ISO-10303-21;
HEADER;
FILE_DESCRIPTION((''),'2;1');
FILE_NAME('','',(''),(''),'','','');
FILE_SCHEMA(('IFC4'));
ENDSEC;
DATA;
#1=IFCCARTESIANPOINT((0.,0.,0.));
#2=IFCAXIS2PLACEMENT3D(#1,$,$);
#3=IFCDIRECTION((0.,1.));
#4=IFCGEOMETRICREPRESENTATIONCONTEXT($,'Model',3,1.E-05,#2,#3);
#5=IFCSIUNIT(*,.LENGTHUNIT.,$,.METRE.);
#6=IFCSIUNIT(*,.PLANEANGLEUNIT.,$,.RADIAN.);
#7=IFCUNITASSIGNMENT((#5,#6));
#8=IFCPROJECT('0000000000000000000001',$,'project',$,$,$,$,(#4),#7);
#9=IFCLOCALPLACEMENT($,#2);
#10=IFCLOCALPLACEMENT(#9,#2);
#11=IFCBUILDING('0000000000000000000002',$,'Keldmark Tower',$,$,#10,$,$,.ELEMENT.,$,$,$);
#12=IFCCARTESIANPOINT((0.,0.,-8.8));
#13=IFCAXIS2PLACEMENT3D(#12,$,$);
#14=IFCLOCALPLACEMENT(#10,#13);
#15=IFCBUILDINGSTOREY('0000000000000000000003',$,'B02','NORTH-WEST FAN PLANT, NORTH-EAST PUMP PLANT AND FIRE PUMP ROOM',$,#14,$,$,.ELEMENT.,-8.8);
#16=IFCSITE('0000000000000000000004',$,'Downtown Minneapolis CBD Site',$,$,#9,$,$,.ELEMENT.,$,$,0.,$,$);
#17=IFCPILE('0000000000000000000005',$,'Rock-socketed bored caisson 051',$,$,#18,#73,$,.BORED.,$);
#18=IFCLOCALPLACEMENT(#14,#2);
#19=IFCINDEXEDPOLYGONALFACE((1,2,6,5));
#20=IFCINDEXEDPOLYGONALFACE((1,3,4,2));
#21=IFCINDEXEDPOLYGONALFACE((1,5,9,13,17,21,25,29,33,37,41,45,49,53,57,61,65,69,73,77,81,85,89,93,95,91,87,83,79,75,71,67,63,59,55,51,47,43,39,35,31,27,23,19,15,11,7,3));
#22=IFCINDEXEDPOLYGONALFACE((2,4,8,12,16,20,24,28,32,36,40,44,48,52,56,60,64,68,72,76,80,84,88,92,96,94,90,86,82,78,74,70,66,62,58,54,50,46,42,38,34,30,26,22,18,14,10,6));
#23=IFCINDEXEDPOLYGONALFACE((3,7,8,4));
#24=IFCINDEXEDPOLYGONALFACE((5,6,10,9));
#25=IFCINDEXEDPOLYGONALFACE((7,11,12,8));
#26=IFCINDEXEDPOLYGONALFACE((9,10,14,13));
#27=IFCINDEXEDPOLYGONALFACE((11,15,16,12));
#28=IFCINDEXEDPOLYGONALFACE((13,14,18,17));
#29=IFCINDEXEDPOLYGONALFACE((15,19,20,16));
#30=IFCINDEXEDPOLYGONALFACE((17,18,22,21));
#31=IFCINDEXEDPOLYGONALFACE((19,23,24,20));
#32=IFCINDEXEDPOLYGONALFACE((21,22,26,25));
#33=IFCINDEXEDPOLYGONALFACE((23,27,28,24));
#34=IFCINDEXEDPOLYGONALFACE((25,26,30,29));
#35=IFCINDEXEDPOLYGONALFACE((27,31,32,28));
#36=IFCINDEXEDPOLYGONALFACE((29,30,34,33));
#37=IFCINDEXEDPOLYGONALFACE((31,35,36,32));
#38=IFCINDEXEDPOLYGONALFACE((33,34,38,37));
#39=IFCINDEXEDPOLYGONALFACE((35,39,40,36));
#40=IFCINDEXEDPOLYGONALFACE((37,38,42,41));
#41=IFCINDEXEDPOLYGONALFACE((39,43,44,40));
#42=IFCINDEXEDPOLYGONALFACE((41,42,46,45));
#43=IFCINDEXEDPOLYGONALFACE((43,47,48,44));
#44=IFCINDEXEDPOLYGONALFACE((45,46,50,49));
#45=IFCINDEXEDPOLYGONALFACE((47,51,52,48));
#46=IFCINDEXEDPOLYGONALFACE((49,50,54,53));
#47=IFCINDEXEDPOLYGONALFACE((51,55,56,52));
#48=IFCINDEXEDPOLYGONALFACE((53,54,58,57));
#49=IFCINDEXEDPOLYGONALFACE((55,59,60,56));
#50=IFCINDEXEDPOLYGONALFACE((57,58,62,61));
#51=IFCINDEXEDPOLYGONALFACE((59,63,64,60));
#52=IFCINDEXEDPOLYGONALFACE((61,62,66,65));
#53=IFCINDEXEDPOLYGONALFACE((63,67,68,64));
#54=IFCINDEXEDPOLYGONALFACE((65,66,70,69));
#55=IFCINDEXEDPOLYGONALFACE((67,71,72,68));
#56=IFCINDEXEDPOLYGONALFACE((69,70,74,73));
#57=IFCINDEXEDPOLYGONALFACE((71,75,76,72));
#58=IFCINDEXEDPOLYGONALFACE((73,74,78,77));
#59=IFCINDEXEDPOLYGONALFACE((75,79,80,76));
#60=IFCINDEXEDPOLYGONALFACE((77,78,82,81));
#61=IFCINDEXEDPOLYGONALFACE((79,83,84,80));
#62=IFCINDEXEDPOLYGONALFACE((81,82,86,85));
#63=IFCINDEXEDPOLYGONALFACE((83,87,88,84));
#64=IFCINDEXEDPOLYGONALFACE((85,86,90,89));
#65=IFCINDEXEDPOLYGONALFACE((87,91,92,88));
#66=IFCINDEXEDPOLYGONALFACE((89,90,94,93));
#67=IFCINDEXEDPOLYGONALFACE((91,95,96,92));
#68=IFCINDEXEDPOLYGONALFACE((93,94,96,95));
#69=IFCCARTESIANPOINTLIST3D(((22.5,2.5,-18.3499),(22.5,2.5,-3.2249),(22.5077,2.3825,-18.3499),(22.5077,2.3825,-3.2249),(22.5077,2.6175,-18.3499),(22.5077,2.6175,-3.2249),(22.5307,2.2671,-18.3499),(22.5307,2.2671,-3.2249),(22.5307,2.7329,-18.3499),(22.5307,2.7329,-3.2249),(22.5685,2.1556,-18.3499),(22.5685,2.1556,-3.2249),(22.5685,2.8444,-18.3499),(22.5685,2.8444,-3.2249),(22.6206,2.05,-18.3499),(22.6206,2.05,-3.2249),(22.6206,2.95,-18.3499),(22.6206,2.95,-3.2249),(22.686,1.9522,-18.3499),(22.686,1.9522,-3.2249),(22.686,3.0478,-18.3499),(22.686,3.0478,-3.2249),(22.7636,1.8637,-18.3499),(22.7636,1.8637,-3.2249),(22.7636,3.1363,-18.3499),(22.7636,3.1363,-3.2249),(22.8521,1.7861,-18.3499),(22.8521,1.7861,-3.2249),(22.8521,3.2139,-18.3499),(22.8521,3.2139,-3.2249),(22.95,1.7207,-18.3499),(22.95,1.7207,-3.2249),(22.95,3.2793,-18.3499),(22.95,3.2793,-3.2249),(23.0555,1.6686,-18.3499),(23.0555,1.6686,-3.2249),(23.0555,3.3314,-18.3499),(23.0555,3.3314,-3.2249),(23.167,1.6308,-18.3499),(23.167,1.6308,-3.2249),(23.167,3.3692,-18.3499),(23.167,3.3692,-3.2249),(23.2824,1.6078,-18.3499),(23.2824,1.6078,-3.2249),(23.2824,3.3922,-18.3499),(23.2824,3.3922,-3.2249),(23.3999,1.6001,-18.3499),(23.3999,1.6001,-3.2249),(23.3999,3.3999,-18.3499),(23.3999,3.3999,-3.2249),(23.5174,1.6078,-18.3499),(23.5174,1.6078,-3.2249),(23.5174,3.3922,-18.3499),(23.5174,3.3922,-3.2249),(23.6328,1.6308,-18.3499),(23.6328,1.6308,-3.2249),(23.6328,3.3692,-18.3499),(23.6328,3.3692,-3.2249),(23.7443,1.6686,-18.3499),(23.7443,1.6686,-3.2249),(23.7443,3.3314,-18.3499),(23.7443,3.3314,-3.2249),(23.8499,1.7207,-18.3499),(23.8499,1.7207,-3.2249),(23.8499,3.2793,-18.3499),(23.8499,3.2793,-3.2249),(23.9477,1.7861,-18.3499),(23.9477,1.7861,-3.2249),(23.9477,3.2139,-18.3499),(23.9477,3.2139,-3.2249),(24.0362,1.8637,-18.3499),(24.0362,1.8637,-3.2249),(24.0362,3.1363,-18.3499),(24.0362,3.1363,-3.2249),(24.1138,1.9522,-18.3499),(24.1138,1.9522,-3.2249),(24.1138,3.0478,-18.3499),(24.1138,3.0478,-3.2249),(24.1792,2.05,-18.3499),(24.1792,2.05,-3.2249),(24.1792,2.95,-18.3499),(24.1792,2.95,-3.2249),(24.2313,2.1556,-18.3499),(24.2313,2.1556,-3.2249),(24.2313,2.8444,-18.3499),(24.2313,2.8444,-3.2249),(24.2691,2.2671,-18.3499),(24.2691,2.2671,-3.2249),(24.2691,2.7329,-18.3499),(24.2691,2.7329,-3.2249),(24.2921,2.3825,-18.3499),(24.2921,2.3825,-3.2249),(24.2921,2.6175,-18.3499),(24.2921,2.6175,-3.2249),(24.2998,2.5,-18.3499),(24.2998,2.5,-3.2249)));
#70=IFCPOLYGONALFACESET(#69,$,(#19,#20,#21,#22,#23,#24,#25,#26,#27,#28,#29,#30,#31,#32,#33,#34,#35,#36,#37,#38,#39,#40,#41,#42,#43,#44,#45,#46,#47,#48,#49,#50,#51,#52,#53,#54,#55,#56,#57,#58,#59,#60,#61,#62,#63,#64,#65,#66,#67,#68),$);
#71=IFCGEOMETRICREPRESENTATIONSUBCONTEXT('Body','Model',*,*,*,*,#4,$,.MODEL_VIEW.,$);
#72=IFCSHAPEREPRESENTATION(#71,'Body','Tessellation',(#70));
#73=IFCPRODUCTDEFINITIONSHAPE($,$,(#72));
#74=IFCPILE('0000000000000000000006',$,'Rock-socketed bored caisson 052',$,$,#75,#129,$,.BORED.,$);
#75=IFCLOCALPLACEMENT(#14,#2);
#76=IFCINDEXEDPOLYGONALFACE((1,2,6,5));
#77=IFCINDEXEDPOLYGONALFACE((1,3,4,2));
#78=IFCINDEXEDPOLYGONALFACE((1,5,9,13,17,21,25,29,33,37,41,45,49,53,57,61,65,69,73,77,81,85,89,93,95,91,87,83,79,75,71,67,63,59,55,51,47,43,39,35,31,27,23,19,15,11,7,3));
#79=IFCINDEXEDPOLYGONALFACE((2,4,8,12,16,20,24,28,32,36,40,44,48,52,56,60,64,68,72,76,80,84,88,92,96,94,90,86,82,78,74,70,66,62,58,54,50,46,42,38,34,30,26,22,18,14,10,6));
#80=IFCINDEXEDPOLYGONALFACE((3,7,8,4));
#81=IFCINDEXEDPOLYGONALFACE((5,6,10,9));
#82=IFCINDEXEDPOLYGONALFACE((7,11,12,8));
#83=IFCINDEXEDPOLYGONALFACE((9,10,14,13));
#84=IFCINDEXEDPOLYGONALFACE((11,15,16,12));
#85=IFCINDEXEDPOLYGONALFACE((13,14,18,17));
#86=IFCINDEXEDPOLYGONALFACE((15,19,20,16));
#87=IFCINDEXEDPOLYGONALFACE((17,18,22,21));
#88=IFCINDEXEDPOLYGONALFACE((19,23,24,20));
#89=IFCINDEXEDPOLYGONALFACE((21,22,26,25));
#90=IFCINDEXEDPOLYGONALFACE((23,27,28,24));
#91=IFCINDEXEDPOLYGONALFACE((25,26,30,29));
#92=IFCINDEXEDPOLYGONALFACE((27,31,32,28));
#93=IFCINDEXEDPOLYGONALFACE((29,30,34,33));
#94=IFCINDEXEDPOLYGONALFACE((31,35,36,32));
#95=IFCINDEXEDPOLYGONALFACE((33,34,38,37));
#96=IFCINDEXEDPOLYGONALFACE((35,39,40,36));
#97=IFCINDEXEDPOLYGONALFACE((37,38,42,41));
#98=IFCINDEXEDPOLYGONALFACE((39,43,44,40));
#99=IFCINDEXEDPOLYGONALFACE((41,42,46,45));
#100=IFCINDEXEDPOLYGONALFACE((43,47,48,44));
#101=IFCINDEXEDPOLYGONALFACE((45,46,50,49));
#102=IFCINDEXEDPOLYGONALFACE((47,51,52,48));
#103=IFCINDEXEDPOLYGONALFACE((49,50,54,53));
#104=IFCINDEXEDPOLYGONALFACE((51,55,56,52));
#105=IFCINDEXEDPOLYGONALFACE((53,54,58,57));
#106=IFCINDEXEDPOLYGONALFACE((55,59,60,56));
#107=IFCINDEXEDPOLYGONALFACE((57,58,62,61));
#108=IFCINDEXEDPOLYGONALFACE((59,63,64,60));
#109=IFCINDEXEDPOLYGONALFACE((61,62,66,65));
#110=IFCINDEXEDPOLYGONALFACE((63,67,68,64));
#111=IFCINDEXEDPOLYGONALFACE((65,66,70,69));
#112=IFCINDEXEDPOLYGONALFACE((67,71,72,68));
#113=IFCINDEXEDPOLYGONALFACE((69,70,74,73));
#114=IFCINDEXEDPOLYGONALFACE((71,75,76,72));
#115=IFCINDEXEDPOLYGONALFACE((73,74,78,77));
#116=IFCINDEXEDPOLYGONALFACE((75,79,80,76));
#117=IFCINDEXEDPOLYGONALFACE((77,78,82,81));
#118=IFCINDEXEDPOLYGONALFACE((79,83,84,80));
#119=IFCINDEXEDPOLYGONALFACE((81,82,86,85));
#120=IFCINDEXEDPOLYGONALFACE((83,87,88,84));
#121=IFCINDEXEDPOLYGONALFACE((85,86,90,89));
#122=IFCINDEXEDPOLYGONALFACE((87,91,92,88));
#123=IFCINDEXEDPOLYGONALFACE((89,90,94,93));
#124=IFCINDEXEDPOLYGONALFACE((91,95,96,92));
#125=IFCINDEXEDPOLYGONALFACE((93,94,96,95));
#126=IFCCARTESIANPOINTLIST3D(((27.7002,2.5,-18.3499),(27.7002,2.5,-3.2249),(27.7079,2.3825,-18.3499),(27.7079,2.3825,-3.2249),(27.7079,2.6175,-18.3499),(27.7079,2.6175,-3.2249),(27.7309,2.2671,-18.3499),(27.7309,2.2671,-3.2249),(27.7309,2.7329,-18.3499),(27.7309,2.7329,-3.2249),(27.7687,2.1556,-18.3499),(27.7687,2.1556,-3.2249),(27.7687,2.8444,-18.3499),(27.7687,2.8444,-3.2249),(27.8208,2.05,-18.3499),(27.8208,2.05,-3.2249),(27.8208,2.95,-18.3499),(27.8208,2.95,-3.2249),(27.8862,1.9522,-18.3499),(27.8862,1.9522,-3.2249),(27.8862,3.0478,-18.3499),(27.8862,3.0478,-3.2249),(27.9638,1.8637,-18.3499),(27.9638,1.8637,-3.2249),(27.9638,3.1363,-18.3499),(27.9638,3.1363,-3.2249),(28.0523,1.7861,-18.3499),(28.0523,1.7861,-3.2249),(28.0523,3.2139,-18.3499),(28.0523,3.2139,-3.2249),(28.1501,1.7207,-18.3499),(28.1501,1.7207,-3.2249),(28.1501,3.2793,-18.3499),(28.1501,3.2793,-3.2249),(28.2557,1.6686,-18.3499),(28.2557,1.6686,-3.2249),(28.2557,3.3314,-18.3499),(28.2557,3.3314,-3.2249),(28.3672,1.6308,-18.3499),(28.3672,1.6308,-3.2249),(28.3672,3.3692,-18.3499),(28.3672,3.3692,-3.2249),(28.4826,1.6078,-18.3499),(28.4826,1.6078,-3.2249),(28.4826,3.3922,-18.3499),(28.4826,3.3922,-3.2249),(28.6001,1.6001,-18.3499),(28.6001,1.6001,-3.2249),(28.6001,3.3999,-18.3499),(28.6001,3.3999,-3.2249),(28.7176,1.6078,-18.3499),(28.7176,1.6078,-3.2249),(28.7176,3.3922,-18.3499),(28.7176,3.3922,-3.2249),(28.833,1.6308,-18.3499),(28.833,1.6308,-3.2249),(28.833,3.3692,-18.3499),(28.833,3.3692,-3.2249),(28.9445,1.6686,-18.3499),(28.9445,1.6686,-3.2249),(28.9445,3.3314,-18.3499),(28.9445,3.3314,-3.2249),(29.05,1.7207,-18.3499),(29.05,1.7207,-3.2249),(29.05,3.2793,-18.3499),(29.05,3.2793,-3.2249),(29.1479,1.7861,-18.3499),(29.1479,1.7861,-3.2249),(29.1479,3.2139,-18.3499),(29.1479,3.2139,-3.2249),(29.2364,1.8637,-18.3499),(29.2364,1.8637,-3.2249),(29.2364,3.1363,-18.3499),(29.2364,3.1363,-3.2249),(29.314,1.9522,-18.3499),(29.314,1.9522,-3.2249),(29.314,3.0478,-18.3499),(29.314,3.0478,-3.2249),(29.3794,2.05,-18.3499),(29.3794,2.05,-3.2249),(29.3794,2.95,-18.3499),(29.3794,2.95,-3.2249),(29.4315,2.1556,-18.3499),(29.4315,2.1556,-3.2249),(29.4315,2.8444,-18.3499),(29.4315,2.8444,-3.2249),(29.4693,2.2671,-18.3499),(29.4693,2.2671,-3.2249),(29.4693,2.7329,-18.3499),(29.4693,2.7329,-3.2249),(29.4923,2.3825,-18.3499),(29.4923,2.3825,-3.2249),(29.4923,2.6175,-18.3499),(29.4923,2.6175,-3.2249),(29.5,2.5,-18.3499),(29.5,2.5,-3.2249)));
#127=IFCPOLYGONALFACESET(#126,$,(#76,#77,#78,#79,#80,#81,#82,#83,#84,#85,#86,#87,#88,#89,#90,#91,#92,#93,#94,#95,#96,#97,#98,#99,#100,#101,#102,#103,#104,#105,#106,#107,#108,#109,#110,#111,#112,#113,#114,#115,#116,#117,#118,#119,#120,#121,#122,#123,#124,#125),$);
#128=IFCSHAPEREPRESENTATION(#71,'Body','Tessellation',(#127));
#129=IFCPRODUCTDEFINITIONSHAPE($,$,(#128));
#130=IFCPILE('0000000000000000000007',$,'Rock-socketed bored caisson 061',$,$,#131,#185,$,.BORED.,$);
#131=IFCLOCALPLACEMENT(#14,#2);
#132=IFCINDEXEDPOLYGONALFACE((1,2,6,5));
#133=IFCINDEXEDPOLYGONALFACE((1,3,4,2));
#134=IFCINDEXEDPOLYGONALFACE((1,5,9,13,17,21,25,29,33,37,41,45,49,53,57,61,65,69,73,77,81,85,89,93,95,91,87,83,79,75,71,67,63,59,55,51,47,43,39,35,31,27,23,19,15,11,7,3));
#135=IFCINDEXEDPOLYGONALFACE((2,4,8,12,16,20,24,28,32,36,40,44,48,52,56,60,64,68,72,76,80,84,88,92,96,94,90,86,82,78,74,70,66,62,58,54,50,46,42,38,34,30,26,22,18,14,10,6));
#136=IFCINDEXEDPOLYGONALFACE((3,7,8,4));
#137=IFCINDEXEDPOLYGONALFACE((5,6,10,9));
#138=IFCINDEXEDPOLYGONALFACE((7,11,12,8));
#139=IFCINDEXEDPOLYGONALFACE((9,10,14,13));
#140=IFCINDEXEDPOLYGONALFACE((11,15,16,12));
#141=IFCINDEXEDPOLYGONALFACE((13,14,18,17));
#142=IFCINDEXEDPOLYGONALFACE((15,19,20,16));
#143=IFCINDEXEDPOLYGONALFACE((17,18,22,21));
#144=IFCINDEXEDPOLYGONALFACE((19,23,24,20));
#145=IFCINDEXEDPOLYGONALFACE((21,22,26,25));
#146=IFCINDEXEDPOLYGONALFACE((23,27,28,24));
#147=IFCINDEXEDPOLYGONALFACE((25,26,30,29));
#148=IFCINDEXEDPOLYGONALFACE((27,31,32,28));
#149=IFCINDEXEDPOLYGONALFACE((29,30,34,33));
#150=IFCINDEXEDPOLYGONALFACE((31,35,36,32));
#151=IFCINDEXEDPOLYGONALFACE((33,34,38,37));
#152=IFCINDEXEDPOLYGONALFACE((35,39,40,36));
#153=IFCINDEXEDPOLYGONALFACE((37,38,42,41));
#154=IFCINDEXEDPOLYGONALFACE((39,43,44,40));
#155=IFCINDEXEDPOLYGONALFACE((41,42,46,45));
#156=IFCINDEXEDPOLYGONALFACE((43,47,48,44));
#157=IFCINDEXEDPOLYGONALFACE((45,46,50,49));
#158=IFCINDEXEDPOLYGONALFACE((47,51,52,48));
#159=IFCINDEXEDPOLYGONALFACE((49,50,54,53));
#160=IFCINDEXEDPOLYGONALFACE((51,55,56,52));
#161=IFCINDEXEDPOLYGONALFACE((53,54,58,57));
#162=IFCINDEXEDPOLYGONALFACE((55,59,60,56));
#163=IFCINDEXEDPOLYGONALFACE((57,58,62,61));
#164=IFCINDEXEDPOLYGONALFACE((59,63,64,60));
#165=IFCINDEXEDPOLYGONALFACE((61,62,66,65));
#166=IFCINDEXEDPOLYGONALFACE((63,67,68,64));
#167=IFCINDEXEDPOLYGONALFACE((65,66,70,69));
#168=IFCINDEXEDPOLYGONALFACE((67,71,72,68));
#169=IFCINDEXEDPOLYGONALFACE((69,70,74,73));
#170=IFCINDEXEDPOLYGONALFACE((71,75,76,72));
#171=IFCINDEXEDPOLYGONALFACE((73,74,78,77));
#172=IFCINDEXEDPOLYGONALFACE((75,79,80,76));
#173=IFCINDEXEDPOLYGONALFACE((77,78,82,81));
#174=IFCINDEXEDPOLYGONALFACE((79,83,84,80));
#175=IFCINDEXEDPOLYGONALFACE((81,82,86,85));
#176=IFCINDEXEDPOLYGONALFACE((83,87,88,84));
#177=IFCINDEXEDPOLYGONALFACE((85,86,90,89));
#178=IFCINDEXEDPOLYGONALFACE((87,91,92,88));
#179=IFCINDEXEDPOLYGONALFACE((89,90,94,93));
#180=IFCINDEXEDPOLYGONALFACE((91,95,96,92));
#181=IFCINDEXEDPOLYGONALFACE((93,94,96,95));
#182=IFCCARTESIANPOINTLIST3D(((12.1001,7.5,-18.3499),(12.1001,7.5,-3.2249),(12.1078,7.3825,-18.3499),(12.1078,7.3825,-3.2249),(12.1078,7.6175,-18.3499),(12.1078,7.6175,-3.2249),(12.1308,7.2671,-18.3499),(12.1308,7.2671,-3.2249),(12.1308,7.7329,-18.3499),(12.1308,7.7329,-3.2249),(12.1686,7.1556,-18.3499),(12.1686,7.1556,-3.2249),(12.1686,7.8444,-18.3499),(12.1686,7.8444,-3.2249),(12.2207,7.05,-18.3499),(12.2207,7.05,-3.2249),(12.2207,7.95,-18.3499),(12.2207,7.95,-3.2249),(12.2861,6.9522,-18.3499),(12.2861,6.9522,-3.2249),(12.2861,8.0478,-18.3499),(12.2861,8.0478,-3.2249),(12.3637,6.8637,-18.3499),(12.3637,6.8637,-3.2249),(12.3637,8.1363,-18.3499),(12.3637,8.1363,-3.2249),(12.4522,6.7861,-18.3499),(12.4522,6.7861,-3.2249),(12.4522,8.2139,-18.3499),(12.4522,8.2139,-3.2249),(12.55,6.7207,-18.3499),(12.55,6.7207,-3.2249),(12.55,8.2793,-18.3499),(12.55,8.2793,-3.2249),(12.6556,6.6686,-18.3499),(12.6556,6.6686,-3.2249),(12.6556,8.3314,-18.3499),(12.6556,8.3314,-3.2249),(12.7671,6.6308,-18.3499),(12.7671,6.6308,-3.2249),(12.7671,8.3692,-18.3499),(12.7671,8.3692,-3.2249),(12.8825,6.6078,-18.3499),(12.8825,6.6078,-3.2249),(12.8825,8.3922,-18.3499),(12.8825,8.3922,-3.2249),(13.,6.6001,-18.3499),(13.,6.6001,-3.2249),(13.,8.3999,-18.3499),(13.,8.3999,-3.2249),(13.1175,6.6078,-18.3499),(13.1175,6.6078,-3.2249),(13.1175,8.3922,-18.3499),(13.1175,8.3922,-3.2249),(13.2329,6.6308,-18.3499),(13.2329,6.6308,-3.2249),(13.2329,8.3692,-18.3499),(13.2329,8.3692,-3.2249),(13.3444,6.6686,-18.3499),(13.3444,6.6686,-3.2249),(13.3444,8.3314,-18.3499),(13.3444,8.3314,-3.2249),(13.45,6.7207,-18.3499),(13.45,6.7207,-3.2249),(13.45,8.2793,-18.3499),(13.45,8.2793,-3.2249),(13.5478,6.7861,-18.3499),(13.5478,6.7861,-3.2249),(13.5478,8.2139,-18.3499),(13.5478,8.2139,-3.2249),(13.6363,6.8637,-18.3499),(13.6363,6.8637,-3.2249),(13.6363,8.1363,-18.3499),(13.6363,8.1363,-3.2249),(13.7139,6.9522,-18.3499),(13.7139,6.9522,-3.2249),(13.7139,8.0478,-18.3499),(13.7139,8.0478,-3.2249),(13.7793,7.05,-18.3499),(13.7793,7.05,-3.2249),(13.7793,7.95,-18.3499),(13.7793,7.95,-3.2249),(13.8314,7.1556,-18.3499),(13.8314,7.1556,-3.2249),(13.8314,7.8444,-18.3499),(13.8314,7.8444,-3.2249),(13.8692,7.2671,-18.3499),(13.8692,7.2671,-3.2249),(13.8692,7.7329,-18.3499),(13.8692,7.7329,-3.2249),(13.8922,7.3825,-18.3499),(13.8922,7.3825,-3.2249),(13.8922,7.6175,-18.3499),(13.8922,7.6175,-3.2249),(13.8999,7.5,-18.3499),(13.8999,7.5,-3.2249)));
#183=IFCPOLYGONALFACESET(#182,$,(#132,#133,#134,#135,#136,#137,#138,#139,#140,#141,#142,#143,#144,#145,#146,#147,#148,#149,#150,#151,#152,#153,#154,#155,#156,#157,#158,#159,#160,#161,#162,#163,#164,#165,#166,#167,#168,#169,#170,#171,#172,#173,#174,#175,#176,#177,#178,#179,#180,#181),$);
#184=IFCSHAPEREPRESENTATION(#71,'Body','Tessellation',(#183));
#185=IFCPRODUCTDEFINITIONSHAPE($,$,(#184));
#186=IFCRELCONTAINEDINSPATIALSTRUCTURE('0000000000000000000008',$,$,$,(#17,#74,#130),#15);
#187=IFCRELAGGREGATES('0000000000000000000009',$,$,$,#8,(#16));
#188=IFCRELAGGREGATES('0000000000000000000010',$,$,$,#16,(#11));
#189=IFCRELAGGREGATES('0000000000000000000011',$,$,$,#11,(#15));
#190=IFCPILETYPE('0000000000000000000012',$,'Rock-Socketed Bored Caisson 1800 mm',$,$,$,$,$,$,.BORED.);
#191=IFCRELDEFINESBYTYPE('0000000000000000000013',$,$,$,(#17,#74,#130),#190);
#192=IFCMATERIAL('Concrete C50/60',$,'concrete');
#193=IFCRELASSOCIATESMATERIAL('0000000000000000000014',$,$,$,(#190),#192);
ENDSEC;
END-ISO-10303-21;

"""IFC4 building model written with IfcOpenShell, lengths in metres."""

from ifc_helpers import new_model, si_unit, direction, frame, origin, origin_2d, place, context, subcontext, project, spatial, circle, extrude, material, material_profile, profile_set, type_object, element, save


model = new_model("IFC4")

# Units and contexts
model_context = context("Model", 3, precision=1e-05, world=origin(), true_north=direction((0.0, 1.0)))
body_context = subcontext(model_context, "Body", "Model", "MODEL_VIEW")
ifc_project = project(units=[si_unit("LENGTHUNIT", "METRE"), si_unit("PLANEANGLEUNIT", "RADIAN")], contexts=[model_context])

# Site, building, storey
site_placement = place(None, origin())
site = spatial("IfcSite", under=ifc_project, at=site_placement, Name="Downtown Minneapolis CBD Site", CompositionType="ELEMENT", RefElevation=0.0)
building_placement = place(site_placement, origin())
building = spatial("IfcBuilding", under=site, at=building_placement, Name="Keldmark Tower", CompositionType="ELEMENT")
storey_placement = place(building_placement, frame((0.0, 0.0, -8.8)))
storey = spatial("IfcBuildingStorey", under=building, at=storey_placement, Name="B02", Description="NORTH-WEST FAN PLANT, NORTH-EAST PUMP PLANT AND FIRE PUMP ROOM", CompositionType="ELEMENT", Elevation=-8.8)

# Piles
ifc_material_1 = material(Name="Concrete C50/60", Category="concrete")
ifc_material_profile_1 = material_profile(ifc_material_1, circle(Radius=0.8999, at=origin_2d()), Name="CAISSON1800")
ifc_profile_set_1 = profile_set([ifc_material_profile_1], Name="Concrete C50/60")
pile_type_1 = type_object("IfcPileType", Name="Rock-Socketed Bored Caisson 1800 mm", PredefinedType="BORED", material=ifc_profile_set_1)
for number, where, z_axis, x_axis, name in (
    (1, (23.3999, 2.5, -3.2249), (0.0, 0.0, -1.0), (1.0, 0.0, 0.0), "Rock-socketed bored caisson 051"),
    (2, (28.6001, 2.5, -3.2249), (0.0, 0.0, -1.0), (1.0, 0.0, 0.0), "Rock-socketed bored caisson 052"),
    (3, (13.0, 7.5, -3.2249), (0.0, 0.0, -1.0), (1.0, 0.0, 0.0), "Rock-socketed bored caisson 061"),
):
    element("IfcPile", number, at=place(storey_placement, frame(where, z_axis=z_axis, x_axis=x_axis)), inside=storey, type_object=pile_type_1, Name=name, PredefinedType="BORED", context=body_context, shape_type="SweptSolid", body=[
        extrude(circle(Radius=0.8999, at=origin_2d()), origin(), (0.0, 0.0, 1.0), 15.125),
    ])

save(model, "model.ifc")
